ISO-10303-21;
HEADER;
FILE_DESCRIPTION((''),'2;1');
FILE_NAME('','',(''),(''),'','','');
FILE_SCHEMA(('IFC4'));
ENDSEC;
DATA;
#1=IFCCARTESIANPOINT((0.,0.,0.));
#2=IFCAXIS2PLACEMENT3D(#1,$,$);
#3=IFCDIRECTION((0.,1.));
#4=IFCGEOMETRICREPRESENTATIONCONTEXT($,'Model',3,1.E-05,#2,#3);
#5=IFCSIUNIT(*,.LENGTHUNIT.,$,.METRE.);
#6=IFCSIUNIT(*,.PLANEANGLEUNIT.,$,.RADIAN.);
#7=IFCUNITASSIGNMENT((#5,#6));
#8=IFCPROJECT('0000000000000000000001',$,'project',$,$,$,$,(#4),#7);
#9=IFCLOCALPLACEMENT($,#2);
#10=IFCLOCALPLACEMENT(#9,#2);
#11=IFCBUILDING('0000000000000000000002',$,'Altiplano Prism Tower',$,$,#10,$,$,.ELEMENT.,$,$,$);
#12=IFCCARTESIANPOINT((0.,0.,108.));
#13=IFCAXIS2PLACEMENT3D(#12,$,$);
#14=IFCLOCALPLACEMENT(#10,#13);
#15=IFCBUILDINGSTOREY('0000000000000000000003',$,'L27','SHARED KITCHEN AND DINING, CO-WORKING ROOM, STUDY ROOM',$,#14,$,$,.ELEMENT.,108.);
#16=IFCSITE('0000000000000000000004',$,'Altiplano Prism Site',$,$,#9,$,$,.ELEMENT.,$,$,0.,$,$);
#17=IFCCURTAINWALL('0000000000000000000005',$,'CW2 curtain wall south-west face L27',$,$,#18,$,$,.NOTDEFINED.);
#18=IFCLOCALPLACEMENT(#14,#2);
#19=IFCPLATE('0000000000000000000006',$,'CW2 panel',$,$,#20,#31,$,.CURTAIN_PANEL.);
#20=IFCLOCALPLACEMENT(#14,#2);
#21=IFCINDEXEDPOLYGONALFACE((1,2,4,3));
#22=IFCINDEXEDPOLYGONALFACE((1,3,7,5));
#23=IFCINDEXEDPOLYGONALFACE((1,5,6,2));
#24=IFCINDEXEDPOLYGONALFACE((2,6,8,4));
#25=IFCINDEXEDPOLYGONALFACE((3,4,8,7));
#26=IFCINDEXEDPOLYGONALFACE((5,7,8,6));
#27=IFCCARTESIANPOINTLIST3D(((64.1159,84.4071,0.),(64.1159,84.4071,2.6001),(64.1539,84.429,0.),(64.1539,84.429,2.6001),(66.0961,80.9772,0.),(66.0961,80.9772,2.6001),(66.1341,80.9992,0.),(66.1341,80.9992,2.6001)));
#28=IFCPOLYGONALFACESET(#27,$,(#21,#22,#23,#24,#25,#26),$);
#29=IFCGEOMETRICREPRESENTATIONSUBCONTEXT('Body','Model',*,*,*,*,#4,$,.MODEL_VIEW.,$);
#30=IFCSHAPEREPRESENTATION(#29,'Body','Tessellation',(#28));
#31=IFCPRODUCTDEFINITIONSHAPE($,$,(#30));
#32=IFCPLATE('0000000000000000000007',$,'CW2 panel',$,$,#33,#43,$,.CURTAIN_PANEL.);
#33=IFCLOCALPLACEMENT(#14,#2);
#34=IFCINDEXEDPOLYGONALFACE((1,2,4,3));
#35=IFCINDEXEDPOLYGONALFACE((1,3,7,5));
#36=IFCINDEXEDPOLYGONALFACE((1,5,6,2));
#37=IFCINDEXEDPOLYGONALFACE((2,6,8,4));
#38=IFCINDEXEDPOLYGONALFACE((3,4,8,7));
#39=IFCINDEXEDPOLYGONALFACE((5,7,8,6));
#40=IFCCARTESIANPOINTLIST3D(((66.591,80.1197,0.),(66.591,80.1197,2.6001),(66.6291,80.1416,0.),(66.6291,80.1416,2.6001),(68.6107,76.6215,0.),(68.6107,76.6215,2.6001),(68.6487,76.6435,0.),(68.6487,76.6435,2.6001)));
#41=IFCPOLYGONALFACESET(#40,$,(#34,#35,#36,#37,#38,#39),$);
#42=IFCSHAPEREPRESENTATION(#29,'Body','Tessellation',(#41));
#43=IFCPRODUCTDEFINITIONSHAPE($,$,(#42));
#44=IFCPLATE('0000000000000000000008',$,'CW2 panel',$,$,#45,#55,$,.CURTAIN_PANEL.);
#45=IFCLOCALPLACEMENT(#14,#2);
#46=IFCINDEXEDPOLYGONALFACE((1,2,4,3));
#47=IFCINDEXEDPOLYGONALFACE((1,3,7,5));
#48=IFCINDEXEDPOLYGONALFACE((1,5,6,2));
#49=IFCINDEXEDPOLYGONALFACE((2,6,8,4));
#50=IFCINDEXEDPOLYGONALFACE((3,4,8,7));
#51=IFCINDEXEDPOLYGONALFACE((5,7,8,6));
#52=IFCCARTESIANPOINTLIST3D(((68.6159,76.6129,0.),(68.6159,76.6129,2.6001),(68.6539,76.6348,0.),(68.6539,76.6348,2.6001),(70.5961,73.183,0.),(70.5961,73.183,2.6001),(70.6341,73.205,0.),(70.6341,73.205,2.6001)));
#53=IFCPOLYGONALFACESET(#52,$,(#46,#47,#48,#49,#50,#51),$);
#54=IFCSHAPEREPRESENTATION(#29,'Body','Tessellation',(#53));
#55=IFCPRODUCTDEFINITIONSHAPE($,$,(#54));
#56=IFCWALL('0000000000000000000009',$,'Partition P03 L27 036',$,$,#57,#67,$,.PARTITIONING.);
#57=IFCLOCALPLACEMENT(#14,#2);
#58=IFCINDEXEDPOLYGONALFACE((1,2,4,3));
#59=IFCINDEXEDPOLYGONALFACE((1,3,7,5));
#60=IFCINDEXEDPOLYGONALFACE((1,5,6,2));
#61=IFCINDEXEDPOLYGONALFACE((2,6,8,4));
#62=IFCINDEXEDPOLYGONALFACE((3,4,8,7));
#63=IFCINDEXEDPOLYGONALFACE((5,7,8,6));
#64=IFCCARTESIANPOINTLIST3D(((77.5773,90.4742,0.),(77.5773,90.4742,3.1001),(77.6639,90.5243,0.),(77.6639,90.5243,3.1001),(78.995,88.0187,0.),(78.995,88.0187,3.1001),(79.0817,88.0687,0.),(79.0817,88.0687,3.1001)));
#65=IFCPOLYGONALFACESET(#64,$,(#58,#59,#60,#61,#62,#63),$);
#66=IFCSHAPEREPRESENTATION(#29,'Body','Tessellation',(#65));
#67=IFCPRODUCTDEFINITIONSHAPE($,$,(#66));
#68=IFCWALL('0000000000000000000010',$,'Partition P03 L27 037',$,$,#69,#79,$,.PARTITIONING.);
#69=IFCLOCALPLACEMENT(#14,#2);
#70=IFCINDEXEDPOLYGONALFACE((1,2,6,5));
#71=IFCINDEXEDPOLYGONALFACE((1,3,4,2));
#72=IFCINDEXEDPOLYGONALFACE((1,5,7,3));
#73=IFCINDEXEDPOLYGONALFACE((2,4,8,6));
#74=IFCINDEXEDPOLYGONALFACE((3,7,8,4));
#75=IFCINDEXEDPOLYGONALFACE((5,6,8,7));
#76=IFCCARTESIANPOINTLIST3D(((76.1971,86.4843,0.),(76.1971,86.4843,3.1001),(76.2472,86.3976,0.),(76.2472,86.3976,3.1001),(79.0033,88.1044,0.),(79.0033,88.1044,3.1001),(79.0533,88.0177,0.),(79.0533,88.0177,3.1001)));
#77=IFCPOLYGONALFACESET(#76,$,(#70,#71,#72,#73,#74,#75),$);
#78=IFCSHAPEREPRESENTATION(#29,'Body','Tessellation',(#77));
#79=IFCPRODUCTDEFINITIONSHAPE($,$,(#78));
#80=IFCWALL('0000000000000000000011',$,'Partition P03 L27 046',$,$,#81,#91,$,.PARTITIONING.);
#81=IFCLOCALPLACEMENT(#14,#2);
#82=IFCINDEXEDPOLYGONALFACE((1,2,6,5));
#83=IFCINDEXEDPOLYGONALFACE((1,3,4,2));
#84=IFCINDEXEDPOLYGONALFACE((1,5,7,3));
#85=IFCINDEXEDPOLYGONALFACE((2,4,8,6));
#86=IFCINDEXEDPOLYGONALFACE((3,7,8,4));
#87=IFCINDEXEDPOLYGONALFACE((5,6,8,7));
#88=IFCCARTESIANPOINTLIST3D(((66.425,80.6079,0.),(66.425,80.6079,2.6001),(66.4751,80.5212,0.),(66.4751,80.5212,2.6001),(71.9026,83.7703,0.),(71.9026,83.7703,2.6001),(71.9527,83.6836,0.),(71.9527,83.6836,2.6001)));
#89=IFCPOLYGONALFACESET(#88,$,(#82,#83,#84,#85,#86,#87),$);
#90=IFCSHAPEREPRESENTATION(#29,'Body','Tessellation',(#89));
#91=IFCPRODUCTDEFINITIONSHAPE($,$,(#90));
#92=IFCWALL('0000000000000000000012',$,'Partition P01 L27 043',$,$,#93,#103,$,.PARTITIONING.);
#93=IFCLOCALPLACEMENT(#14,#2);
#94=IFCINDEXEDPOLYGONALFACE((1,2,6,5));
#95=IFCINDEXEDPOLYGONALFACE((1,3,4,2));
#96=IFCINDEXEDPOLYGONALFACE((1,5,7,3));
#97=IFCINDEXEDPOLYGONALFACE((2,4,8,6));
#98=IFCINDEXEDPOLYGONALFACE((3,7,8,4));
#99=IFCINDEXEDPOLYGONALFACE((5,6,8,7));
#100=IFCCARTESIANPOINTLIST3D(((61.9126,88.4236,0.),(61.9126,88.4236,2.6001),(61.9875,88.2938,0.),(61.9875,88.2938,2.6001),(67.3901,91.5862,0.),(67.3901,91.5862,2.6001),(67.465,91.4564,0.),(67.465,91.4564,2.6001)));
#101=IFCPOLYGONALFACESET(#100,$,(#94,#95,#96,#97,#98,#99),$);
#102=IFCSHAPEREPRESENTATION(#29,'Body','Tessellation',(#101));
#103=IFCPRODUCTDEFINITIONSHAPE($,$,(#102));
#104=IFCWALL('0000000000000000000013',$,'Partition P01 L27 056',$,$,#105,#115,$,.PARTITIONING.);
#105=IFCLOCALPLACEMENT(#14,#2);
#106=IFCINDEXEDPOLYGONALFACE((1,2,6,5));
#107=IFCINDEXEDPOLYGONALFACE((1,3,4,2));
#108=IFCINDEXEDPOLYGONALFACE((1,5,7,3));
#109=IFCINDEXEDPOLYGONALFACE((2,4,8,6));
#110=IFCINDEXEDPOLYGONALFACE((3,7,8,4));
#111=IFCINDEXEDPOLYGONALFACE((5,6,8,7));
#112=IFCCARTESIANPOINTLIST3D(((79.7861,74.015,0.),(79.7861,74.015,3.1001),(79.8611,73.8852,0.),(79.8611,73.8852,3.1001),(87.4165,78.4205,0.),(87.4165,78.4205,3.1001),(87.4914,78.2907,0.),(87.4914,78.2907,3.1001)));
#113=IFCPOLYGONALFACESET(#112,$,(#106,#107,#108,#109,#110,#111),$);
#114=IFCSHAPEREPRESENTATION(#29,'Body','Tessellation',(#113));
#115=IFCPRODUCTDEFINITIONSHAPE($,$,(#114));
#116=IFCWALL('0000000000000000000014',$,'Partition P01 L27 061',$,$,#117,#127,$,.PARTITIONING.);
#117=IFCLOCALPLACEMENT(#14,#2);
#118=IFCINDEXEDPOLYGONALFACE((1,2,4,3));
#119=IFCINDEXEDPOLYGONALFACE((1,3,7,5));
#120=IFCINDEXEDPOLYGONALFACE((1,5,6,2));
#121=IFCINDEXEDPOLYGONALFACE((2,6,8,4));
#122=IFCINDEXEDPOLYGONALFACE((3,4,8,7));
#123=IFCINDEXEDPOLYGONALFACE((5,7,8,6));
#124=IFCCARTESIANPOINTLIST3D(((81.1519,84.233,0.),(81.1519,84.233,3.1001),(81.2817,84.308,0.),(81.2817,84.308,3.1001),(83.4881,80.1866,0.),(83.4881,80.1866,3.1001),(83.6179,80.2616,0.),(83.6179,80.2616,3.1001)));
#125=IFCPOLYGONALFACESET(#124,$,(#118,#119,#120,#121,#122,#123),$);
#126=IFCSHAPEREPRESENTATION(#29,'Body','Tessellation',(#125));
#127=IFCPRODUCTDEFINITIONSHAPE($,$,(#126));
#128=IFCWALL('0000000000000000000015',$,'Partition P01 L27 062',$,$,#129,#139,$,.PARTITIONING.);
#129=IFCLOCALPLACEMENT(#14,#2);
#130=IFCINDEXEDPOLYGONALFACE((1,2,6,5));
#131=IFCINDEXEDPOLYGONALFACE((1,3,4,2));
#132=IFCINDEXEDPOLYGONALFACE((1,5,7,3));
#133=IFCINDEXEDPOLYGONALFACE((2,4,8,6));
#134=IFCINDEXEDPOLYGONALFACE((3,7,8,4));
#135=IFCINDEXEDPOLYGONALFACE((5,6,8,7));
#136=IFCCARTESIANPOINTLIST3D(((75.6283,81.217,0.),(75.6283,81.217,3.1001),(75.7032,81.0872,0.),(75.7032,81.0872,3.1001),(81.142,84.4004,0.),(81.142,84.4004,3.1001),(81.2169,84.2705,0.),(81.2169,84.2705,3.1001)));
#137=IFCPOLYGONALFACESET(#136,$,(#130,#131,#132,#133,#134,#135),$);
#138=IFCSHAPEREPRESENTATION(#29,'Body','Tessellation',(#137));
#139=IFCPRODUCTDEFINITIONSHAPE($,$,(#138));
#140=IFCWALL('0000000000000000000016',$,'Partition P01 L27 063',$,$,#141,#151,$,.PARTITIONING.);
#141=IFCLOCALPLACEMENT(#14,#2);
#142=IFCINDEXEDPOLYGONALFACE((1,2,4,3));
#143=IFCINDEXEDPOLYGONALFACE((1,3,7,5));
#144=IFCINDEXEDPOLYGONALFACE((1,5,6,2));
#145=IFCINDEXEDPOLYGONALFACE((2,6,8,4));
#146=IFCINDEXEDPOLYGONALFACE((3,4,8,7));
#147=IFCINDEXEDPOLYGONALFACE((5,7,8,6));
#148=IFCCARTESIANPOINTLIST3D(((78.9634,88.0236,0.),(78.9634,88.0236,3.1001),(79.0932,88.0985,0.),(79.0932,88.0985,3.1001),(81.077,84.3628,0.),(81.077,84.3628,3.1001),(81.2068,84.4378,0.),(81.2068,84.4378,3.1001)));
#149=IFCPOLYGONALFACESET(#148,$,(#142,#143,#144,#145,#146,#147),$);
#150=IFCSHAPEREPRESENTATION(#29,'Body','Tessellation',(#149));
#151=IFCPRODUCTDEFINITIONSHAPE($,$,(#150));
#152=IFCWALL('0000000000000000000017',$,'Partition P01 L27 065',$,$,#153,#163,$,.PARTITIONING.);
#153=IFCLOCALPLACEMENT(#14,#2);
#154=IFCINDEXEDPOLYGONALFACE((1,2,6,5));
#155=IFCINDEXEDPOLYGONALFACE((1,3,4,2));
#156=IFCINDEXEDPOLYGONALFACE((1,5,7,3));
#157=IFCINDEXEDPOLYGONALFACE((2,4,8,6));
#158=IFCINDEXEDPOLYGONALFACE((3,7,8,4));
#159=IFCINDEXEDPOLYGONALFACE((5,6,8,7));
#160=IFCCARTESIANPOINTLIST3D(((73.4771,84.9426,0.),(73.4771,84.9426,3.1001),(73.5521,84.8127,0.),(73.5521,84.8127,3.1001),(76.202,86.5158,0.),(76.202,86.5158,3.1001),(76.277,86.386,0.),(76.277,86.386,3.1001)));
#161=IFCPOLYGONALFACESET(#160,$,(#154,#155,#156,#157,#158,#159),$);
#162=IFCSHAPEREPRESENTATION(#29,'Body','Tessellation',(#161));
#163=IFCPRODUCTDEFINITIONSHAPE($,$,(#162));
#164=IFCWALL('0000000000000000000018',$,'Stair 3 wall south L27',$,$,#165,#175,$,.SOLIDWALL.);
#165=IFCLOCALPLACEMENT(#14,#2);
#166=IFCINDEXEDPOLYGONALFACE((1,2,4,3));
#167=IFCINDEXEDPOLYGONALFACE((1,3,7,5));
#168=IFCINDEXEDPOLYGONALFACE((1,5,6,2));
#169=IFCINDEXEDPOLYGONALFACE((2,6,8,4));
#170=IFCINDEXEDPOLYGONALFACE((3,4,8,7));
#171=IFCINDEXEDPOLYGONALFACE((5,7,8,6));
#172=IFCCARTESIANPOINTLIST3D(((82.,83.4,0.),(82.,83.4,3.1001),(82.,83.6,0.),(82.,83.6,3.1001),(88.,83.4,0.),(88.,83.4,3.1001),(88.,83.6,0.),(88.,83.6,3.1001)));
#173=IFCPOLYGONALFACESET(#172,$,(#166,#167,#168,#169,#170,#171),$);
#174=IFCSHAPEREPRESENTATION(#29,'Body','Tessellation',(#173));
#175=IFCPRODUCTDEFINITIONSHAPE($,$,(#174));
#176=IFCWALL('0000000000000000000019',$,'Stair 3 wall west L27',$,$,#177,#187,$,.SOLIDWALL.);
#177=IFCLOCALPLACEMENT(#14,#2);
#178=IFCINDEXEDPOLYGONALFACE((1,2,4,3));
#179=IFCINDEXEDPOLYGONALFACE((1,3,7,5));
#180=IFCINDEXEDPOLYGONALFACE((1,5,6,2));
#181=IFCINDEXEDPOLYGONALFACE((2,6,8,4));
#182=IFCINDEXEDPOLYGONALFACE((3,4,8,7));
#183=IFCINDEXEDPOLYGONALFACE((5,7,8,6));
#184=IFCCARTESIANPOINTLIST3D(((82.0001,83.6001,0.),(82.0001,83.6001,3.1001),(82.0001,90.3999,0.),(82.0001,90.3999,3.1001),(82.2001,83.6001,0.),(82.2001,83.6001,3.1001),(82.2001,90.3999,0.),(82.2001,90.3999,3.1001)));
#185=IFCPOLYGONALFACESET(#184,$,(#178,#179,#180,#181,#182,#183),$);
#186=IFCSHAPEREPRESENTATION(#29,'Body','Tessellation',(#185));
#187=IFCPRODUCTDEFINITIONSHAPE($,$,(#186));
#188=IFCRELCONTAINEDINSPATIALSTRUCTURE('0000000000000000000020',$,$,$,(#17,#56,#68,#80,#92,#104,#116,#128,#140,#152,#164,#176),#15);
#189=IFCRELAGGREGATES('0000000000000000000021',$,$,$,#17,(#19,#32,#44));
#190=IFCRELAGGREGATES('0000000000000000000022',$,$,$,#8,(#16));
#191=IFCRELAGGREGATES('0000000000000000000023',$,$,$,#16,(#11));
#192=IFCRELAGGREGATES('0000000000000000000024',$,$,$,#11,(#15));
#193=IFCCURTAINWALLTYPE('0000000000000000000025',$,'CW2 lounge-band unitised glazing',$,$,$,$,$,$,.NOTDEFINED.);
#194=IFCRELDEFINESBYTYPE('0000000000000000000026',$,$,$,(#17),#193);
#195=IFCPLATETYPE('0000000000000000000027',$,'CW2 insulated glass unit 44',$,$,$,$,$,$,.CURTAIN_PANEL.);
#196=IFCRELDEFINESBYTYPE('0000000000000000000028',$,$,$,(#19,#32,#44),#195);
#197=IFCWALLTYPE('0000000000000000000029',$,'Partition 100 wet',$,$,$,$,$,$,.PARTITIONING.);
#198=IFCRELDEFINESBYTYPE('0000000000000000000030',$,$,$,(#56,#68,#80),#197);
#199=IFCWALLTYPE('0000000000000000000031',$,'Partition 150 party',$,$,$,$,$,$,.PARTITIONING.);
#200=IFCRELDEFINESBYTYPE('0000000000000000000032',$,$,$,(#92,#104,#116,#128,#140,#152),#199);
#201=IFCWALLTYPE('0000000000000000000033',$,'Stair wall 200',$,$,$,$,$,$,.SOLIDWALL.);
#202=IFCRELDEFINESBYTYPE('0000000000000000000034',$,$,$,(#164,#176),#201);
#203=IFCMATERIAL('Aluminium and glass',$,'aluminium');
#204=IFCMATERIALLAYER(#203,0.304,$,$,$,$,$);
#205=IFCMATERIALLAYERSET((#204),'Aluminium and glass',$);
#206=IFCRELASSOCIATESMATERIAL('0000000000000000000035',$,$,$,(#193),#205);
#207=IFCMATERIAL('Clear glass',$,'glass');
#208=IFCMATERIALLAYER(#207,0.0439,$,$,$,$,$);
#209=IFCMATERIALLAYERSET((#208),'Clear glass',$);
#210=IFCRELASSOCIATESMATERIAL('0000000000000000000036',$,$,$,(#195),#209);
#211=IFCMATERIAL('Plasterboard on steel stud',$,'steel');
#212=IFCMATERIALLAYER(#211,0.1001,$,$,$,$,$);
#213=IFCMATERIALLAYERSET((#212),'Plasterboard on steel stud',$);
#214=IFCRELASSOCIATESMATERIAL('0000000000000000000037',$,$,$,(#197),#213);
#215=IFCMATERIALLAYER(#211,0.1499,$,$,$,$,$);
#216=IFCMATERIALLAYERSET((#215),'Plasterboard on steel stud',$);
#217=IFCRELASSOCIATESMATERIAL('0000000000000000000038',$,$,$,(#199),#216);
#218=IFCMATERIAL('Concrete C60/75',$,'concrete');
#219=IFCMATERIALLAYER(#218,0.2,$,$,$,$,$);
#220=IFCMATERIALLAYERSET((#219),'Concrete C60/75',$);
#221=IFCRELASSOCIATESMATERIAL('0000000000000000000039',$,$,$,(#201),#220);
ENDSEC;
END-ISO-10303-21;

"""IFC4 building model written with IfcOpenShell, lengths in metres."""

from ifc_helpers import new_model, si_unit, direction, frame, frame_2d, origin, origin_2d, place, context, subcontext, project, spatial, rectangle, extrude, material, layer, layer_set, type_object, element, aggregate, save


model = new_model("IFC4")

# Units and contexts
model_context = context("Model", 3, precision=1e-05, world=origin(), true_north=direction((0.0, 1.0)))
body_context = subcontext(model_context, "Body", "Model", "MODEL_VIEW")
ifc_project = project(units=[si_unit("LENGTHUNIT", "METRE"), si_unit("PLANEANGLEUNIT", "RADIAN")], contexts=[model_context])

# Site, building, storey
site_placement = place(None, origin())
site = spatial("IfcSite", under=ifc_project, at=site_placement, Name="Altiplano Prism Site", CompositionType="ELEMENT", RefElevation=0.0)
building_placement = place(site_placement, origin())
building = spatial("IfcBuilding", under=site, at=building_placement, Name="Altiplano Prism Tower", CompositionType="ELEMENT")
storey_placement = place(building_placement, frame((0.0, 0.0, 108.0)))
storey = spatial("IfcBuildingStorey", under=building, at=storey_placement, Name="L27", Description="SHARED KITCHEN AND DINING, CO-WORKING ROOM, STUDY ROOM", CompositionType="ELEMENT", Elevation=108.0)

# Shared definitions
ifc_material_1 = material(Name="Concrete C60/75", Category="concrete")

# Curtain wall
ifc_material_2 = material(Name="Aluminium and glass", Category="aluminium")
ifc_layer_1 = layer(ifc_material_2, 0.304)
ifc_layer_set_1 = layer_set([ifc_layer_1], Name="Aluminium and glass")
curtain_wall_type = type_object("IfcCurtainWallType", Name="CW2 lounge-band unitised glazing", PredefinedType="NOTDEFINED", material=ifc_layer_set_1)
curtain_wall_placement = place(storey_placement, origin())
curtain_wall = element("IfcCurtainWall", 1, at=curtain_wall_placement, inside=storey, type_object=curtain_wall_type, Name="CW2 curtain wall south-west face L27", PredefinedType="NOTDEFINED")

# Plates
ifc_material_3 = material(Name="Clear glass", Category="glass")
ifc_layer_2 = layer(ifc_material_3, 0.0439)
ifc_layer_set_2 = layer_set([ifc_layer_2], Name="Clear glass")
plate_type = type_object("IfcPlateType", Name="CW2 insulated glass unit 44", PredefinedType="CURTAIN_PANEL", material=ifc_layer_set_2)
plate_1_placement = place(storey_placement, frame((65.125, 82.7031, 0.0), z_axis=(0.0, 0.0, 1.0), x_axis=(0.5, -0.866025, 0.0)))
plate_1 = element("IfcPlate", 2, at=plate_1_placement, type_object=plate_type, Name="CW2 panel", PredefinedType="CURTAIN_PANEL", context=body_context, shape_type="SweptSolid", body=[
    extrude(rectangle(XDim=3.9604, YDim=0.0439, at=origin_2d()), origin(), (0.0, 0.0, 1.0), 2.6001),
])
plate_2_placement = place(storey_placement, frame((67.6199, 78.3816, 0.0), z_axis=(0.0, 0.0, 1.0), x_axis=(0.5, -0.866025, 0.0)))
plate_2 = element("IfcPlate", 3, at=plate_2_placement, type_object=plate_type, Name="CW2 panel", PredefinedType="CURTAIN_PANEL", context=body_context, shape_type="SweptSolid", body=[
    extrude(rectangle(XDim=4.0393, YDim=0.0439, at=origin_2d()), origin(), (0.0, 0.0, 1.0), 2.6001),
])
plate_3_placement = place(storey_placement, frame((69.625, 74.9089, 0.0), z_axis=(0.0, 0.0, 1.0), x_axis=(0.5, -0.866025, 0.0)))
plate_3 = element("IfcPlate", 4, at=plate_3_placement, type_object=plate_type, Name="CW2 panel", PredefinedType="CURTAIN_PANEL", context=body_context, shape_type="SweptSolid", body=[
    extrude(rectangle(XDim=3.9604, YDim=0.0439, at=origin_2d()), origin(), (0.0, 0.0, 1.0), 2.6001),
])
aggregate(curtain_wall, [plate_1, plate_2, plate_3])

# Walls
ifc_material_4 = material(Name="Plasterboard on steel stud", Category="steel")
ifc_layer_3 = layer(ifc_material_4, 0.1001)
ifc_layer_set_3 = layer_set([ifc_layer_3], Name="Plasterboard on steel stud")
wall_type_1 = type_object("IfcWallType", Name="Partition 100 wet", PredefinedType="PARTITIONING", material=ifc_layer_set_3)
wall_1_placement = place(storey_placement, frame((79.0383, 88.0437, 0.0), z_axis=(0.0, 0.0, 1.0), x_axis=(-0.500001, 0.866025, 0.0)))
element("IfcWall", 5, at=wall_1_placement, inside=storey, type_object=wall_type_1, Name="Partition P03 L27 036", PredefinedType="PARTITIONING", context=body_context, shape_type="SweptSolid", body=[
    extrude(rectangle(XDim=2.8354, YDim=0.1001, at=frame_2d((1.4177, 0.0))), origin(), (0.0, 0.0, 1.0), 3.1001),
])
wall_2_placement = place(storey_placement, frame((76.2222, 86.4409, 0.0), z_axis=(0.0, 0.0, 1.0), x_axis=(0.866027, 0.499996, 0.0)))
element("IfcWall", 6, at=wall_2_placement, inside=storey, type_object=wall_type_1, Name="Partition P03 L27 037", PredefinedType="PARTITIONING", context=body_context, shape_type="SweptSolid", body=[
    extrude(rectangle(XDim=3.2402, YDim=0.1001, at=frame_2d((1.6201, 0.0))), origin(), (0.0, 0.0, 1.0), 3.1001),
])
wall_3_placement = place(storey_placement, frame((66.45, 80.5645, 0.0), z_axis=(0.0, 0.0, 1.0), x_axis=(0.866033, 0.499988, 0.0)))
element("IfcWall", 7, at=wall_3_placement, inside=storey, type_object=wall_type_1, Name="Partition P03 L27 046", PredefinedType="PARTITIONING", context=body_context, shape_type="SweptSolid", body=[
    extrude(rectangle(XDim=6.325, YDim=0.1001, at=frame_2d((3.1626, 0.0))), origin(), (0.0, 0.0, 1.0), 2.6001),
])
ifc_layer_4 = layer(ifc_material_4, 0.1499)
ifc_layer_set_4 = layer_set([ifc_layer_4], Name="Plasterboard on steel stud")
wall_type_2 = type_object("IfcWallType", Name="Partition 150 party", PredefinedType="PARTITIONING", material=ifc_layer_set_4)
wall_4_placement = place(storey_placement, frame((61.95, 88.3586, 0.0), z_axis=(0.0, 0.0, 1.0), x_axis=(0.866016, 0.500016, 0.0)))
element("IfcWall", 8, at=wall_4_placement, inside=storey, type_object=wall_type_2, Name="Partition P01 L27 043", PredefinedType="PARTITIONING", context=body_context, shape_type="SweptSolid", body=[
    extrude(rectangle(XDim=6.325, YDim=0.1499, at=frame_2d((3.1626, 0.0))), origin(), (0.0, 0.0, 1.0), 2.6001),
])
wall_5_placement = place(storey_placement, frame((79.8237, 73.9502, 0.0), z_axis=(0.0, 0.0, 1.0), x_axis=(0.866019, 0.50001, 0.0)))
element("IfcWall", 9, at=wall_5_placement, inside=storey, type_object=wall_type_2, Name="Partition P01 L27 056", PredefinedType="PARTITIONING", context=body_context, shape_type="SweptSolid", body=[
    extrude(rectangle(XDim=8.8108, YDim=0.1499, at=frame_2d((4.4053, 0.0))), origin(), (0.0, 0.0, 1.0), 3.1001),
])
wall_6_placement = place(storey_placement, frame((83.553, 80.2241, 0.0), z_axis=(0.0, 0.0, 1.0), x_axis=(-0.5, 0.866025, 0.0)))
element("IfcWall", 10, at=wall_6_placement, inside=storey, type_object=wall_type_2, Name="Partition P01 L27 061", PredefinedType="PARTITIONING", context=body_context, shape_type="SweptSolid", body=[
    extrude(rectangle(XDim=4.6724, YDim=0.1499, at=frame_2d((2.3362, 0.0))), origin(), (0.0, 0.0, 1.0), 3.1001),
])
wall_7_placement = place(storey_placement, frame((81.1794, 84.3354, 0.0), z_axis=(0.0, 0.0, 1.0), x_axis=(-0.866023, -0.500003, 0.0)))
element("IfcWall", 11, at=wall_7_placement, inside=storey, type_object=wall_type_2, Name="Partition P01 L27 062", PredefinedType="PARTITIONING", context=body_context, shape_type="SweptSolid", body=[
    extrude(rectangle(XDim=6.3667, YDim=0.1499, at=frame_2d((3.1833, 0.0))), origin(), (0.0, 0.0, 1.0), 3.1001),
])
wall_8_placement = place(storey_placement, frame((79.0283, 88.061, 0.0), z_axis=(0.0, 0.0, 1.0), x_axis=(0.500009, -0.86602, 0.0)))
element("IfcWall", 12, at=wall_8_placement, inside=storey, type_object=wall_type_2, Name="Partition P01 L27 063", PredefinedType="PARTITIONING", context=body_context, shape_type="SweptSolid", body=[
    extrude(rectangle(XDim=4.2271, YDim=0.1499, at=frame_2d((2.1135, 0.0))), origin(), (0.0, 0.0, 1.0), 3.1001),
])
wall_9_placement = place(storey_placement, frame((76.2395, 86.4509, 0.0), z_axis=(0.0, 0.0, 1.0), x_axis=(-0.866019, -0.500011, 0.0)))
element("IfcWall", 13, at=wall_9_placement, inside=storey, type_object=wall_type_2, Name="Partition P01 L27 065", PredefinedType="PARTITIONING", context=body_context, shape_type="SweptSolid", body=[
    extrude(rectangle(XDim=3.1465, YDim=0.1499, at=frame_2d((1.5732, 0.0))), origin(), (0.0, 0.0, 1.0), 3.1001),
])
ifc_layer_5 = layer(ifc_material_1, 0.2)
ifc_layer_set_5 = layer_set([ifc_layer_5], Name="Concrete C60/75")
wall_type_3 = type_object("IfcWallType", Name="Stair wall 200", PredefinedType="SOLIDWALL", material=ifc_layer_set_5)
wall_10_placement = place(storey_placement, frame((82.0, 83.5, 0.0), z_axis=(0.0, 0.0, 1.0), x_axis=(1.0, 0.0, 0.0)))
element("IfcWall", 14, at=wall_10_placement, inside=storey, type_object=wall_type_3, Name="Stair 3 wall south L27", PredefinedType="SOLIDWALL", context=body_context, shape_type="SweptSolid", body=[
    extrude(rectangle(XDim=6.0, YDim=0.2, at=frame_2d((3.0, 0.0))), origin(), (0.0, 0.0, 1.0), 3.1001),
])
wall_11_placement = place(storey_placement, frame((82.1001, 83.6001, 0.0), z_axis=(0.0, 0.0, 1.0), x_axis=(0.0, 1.0, 0.0)))
element("IfcWall", 15, at=wall_11_placement, inside=storey, type_object=wall_type_3, Name="Stair 3 wall west L27", PredefinedType="SOLIDWALL", context=body_context, shape_type="SweptSolid", body=[
    extrude(rectangle(XDim=6.7998, YDim=0.2, at=frame_2d((3.3999, 0.0))), origin(), (0.0, 0.0, 1.0), 3.1001),
])

save(model, "model.ifc")
